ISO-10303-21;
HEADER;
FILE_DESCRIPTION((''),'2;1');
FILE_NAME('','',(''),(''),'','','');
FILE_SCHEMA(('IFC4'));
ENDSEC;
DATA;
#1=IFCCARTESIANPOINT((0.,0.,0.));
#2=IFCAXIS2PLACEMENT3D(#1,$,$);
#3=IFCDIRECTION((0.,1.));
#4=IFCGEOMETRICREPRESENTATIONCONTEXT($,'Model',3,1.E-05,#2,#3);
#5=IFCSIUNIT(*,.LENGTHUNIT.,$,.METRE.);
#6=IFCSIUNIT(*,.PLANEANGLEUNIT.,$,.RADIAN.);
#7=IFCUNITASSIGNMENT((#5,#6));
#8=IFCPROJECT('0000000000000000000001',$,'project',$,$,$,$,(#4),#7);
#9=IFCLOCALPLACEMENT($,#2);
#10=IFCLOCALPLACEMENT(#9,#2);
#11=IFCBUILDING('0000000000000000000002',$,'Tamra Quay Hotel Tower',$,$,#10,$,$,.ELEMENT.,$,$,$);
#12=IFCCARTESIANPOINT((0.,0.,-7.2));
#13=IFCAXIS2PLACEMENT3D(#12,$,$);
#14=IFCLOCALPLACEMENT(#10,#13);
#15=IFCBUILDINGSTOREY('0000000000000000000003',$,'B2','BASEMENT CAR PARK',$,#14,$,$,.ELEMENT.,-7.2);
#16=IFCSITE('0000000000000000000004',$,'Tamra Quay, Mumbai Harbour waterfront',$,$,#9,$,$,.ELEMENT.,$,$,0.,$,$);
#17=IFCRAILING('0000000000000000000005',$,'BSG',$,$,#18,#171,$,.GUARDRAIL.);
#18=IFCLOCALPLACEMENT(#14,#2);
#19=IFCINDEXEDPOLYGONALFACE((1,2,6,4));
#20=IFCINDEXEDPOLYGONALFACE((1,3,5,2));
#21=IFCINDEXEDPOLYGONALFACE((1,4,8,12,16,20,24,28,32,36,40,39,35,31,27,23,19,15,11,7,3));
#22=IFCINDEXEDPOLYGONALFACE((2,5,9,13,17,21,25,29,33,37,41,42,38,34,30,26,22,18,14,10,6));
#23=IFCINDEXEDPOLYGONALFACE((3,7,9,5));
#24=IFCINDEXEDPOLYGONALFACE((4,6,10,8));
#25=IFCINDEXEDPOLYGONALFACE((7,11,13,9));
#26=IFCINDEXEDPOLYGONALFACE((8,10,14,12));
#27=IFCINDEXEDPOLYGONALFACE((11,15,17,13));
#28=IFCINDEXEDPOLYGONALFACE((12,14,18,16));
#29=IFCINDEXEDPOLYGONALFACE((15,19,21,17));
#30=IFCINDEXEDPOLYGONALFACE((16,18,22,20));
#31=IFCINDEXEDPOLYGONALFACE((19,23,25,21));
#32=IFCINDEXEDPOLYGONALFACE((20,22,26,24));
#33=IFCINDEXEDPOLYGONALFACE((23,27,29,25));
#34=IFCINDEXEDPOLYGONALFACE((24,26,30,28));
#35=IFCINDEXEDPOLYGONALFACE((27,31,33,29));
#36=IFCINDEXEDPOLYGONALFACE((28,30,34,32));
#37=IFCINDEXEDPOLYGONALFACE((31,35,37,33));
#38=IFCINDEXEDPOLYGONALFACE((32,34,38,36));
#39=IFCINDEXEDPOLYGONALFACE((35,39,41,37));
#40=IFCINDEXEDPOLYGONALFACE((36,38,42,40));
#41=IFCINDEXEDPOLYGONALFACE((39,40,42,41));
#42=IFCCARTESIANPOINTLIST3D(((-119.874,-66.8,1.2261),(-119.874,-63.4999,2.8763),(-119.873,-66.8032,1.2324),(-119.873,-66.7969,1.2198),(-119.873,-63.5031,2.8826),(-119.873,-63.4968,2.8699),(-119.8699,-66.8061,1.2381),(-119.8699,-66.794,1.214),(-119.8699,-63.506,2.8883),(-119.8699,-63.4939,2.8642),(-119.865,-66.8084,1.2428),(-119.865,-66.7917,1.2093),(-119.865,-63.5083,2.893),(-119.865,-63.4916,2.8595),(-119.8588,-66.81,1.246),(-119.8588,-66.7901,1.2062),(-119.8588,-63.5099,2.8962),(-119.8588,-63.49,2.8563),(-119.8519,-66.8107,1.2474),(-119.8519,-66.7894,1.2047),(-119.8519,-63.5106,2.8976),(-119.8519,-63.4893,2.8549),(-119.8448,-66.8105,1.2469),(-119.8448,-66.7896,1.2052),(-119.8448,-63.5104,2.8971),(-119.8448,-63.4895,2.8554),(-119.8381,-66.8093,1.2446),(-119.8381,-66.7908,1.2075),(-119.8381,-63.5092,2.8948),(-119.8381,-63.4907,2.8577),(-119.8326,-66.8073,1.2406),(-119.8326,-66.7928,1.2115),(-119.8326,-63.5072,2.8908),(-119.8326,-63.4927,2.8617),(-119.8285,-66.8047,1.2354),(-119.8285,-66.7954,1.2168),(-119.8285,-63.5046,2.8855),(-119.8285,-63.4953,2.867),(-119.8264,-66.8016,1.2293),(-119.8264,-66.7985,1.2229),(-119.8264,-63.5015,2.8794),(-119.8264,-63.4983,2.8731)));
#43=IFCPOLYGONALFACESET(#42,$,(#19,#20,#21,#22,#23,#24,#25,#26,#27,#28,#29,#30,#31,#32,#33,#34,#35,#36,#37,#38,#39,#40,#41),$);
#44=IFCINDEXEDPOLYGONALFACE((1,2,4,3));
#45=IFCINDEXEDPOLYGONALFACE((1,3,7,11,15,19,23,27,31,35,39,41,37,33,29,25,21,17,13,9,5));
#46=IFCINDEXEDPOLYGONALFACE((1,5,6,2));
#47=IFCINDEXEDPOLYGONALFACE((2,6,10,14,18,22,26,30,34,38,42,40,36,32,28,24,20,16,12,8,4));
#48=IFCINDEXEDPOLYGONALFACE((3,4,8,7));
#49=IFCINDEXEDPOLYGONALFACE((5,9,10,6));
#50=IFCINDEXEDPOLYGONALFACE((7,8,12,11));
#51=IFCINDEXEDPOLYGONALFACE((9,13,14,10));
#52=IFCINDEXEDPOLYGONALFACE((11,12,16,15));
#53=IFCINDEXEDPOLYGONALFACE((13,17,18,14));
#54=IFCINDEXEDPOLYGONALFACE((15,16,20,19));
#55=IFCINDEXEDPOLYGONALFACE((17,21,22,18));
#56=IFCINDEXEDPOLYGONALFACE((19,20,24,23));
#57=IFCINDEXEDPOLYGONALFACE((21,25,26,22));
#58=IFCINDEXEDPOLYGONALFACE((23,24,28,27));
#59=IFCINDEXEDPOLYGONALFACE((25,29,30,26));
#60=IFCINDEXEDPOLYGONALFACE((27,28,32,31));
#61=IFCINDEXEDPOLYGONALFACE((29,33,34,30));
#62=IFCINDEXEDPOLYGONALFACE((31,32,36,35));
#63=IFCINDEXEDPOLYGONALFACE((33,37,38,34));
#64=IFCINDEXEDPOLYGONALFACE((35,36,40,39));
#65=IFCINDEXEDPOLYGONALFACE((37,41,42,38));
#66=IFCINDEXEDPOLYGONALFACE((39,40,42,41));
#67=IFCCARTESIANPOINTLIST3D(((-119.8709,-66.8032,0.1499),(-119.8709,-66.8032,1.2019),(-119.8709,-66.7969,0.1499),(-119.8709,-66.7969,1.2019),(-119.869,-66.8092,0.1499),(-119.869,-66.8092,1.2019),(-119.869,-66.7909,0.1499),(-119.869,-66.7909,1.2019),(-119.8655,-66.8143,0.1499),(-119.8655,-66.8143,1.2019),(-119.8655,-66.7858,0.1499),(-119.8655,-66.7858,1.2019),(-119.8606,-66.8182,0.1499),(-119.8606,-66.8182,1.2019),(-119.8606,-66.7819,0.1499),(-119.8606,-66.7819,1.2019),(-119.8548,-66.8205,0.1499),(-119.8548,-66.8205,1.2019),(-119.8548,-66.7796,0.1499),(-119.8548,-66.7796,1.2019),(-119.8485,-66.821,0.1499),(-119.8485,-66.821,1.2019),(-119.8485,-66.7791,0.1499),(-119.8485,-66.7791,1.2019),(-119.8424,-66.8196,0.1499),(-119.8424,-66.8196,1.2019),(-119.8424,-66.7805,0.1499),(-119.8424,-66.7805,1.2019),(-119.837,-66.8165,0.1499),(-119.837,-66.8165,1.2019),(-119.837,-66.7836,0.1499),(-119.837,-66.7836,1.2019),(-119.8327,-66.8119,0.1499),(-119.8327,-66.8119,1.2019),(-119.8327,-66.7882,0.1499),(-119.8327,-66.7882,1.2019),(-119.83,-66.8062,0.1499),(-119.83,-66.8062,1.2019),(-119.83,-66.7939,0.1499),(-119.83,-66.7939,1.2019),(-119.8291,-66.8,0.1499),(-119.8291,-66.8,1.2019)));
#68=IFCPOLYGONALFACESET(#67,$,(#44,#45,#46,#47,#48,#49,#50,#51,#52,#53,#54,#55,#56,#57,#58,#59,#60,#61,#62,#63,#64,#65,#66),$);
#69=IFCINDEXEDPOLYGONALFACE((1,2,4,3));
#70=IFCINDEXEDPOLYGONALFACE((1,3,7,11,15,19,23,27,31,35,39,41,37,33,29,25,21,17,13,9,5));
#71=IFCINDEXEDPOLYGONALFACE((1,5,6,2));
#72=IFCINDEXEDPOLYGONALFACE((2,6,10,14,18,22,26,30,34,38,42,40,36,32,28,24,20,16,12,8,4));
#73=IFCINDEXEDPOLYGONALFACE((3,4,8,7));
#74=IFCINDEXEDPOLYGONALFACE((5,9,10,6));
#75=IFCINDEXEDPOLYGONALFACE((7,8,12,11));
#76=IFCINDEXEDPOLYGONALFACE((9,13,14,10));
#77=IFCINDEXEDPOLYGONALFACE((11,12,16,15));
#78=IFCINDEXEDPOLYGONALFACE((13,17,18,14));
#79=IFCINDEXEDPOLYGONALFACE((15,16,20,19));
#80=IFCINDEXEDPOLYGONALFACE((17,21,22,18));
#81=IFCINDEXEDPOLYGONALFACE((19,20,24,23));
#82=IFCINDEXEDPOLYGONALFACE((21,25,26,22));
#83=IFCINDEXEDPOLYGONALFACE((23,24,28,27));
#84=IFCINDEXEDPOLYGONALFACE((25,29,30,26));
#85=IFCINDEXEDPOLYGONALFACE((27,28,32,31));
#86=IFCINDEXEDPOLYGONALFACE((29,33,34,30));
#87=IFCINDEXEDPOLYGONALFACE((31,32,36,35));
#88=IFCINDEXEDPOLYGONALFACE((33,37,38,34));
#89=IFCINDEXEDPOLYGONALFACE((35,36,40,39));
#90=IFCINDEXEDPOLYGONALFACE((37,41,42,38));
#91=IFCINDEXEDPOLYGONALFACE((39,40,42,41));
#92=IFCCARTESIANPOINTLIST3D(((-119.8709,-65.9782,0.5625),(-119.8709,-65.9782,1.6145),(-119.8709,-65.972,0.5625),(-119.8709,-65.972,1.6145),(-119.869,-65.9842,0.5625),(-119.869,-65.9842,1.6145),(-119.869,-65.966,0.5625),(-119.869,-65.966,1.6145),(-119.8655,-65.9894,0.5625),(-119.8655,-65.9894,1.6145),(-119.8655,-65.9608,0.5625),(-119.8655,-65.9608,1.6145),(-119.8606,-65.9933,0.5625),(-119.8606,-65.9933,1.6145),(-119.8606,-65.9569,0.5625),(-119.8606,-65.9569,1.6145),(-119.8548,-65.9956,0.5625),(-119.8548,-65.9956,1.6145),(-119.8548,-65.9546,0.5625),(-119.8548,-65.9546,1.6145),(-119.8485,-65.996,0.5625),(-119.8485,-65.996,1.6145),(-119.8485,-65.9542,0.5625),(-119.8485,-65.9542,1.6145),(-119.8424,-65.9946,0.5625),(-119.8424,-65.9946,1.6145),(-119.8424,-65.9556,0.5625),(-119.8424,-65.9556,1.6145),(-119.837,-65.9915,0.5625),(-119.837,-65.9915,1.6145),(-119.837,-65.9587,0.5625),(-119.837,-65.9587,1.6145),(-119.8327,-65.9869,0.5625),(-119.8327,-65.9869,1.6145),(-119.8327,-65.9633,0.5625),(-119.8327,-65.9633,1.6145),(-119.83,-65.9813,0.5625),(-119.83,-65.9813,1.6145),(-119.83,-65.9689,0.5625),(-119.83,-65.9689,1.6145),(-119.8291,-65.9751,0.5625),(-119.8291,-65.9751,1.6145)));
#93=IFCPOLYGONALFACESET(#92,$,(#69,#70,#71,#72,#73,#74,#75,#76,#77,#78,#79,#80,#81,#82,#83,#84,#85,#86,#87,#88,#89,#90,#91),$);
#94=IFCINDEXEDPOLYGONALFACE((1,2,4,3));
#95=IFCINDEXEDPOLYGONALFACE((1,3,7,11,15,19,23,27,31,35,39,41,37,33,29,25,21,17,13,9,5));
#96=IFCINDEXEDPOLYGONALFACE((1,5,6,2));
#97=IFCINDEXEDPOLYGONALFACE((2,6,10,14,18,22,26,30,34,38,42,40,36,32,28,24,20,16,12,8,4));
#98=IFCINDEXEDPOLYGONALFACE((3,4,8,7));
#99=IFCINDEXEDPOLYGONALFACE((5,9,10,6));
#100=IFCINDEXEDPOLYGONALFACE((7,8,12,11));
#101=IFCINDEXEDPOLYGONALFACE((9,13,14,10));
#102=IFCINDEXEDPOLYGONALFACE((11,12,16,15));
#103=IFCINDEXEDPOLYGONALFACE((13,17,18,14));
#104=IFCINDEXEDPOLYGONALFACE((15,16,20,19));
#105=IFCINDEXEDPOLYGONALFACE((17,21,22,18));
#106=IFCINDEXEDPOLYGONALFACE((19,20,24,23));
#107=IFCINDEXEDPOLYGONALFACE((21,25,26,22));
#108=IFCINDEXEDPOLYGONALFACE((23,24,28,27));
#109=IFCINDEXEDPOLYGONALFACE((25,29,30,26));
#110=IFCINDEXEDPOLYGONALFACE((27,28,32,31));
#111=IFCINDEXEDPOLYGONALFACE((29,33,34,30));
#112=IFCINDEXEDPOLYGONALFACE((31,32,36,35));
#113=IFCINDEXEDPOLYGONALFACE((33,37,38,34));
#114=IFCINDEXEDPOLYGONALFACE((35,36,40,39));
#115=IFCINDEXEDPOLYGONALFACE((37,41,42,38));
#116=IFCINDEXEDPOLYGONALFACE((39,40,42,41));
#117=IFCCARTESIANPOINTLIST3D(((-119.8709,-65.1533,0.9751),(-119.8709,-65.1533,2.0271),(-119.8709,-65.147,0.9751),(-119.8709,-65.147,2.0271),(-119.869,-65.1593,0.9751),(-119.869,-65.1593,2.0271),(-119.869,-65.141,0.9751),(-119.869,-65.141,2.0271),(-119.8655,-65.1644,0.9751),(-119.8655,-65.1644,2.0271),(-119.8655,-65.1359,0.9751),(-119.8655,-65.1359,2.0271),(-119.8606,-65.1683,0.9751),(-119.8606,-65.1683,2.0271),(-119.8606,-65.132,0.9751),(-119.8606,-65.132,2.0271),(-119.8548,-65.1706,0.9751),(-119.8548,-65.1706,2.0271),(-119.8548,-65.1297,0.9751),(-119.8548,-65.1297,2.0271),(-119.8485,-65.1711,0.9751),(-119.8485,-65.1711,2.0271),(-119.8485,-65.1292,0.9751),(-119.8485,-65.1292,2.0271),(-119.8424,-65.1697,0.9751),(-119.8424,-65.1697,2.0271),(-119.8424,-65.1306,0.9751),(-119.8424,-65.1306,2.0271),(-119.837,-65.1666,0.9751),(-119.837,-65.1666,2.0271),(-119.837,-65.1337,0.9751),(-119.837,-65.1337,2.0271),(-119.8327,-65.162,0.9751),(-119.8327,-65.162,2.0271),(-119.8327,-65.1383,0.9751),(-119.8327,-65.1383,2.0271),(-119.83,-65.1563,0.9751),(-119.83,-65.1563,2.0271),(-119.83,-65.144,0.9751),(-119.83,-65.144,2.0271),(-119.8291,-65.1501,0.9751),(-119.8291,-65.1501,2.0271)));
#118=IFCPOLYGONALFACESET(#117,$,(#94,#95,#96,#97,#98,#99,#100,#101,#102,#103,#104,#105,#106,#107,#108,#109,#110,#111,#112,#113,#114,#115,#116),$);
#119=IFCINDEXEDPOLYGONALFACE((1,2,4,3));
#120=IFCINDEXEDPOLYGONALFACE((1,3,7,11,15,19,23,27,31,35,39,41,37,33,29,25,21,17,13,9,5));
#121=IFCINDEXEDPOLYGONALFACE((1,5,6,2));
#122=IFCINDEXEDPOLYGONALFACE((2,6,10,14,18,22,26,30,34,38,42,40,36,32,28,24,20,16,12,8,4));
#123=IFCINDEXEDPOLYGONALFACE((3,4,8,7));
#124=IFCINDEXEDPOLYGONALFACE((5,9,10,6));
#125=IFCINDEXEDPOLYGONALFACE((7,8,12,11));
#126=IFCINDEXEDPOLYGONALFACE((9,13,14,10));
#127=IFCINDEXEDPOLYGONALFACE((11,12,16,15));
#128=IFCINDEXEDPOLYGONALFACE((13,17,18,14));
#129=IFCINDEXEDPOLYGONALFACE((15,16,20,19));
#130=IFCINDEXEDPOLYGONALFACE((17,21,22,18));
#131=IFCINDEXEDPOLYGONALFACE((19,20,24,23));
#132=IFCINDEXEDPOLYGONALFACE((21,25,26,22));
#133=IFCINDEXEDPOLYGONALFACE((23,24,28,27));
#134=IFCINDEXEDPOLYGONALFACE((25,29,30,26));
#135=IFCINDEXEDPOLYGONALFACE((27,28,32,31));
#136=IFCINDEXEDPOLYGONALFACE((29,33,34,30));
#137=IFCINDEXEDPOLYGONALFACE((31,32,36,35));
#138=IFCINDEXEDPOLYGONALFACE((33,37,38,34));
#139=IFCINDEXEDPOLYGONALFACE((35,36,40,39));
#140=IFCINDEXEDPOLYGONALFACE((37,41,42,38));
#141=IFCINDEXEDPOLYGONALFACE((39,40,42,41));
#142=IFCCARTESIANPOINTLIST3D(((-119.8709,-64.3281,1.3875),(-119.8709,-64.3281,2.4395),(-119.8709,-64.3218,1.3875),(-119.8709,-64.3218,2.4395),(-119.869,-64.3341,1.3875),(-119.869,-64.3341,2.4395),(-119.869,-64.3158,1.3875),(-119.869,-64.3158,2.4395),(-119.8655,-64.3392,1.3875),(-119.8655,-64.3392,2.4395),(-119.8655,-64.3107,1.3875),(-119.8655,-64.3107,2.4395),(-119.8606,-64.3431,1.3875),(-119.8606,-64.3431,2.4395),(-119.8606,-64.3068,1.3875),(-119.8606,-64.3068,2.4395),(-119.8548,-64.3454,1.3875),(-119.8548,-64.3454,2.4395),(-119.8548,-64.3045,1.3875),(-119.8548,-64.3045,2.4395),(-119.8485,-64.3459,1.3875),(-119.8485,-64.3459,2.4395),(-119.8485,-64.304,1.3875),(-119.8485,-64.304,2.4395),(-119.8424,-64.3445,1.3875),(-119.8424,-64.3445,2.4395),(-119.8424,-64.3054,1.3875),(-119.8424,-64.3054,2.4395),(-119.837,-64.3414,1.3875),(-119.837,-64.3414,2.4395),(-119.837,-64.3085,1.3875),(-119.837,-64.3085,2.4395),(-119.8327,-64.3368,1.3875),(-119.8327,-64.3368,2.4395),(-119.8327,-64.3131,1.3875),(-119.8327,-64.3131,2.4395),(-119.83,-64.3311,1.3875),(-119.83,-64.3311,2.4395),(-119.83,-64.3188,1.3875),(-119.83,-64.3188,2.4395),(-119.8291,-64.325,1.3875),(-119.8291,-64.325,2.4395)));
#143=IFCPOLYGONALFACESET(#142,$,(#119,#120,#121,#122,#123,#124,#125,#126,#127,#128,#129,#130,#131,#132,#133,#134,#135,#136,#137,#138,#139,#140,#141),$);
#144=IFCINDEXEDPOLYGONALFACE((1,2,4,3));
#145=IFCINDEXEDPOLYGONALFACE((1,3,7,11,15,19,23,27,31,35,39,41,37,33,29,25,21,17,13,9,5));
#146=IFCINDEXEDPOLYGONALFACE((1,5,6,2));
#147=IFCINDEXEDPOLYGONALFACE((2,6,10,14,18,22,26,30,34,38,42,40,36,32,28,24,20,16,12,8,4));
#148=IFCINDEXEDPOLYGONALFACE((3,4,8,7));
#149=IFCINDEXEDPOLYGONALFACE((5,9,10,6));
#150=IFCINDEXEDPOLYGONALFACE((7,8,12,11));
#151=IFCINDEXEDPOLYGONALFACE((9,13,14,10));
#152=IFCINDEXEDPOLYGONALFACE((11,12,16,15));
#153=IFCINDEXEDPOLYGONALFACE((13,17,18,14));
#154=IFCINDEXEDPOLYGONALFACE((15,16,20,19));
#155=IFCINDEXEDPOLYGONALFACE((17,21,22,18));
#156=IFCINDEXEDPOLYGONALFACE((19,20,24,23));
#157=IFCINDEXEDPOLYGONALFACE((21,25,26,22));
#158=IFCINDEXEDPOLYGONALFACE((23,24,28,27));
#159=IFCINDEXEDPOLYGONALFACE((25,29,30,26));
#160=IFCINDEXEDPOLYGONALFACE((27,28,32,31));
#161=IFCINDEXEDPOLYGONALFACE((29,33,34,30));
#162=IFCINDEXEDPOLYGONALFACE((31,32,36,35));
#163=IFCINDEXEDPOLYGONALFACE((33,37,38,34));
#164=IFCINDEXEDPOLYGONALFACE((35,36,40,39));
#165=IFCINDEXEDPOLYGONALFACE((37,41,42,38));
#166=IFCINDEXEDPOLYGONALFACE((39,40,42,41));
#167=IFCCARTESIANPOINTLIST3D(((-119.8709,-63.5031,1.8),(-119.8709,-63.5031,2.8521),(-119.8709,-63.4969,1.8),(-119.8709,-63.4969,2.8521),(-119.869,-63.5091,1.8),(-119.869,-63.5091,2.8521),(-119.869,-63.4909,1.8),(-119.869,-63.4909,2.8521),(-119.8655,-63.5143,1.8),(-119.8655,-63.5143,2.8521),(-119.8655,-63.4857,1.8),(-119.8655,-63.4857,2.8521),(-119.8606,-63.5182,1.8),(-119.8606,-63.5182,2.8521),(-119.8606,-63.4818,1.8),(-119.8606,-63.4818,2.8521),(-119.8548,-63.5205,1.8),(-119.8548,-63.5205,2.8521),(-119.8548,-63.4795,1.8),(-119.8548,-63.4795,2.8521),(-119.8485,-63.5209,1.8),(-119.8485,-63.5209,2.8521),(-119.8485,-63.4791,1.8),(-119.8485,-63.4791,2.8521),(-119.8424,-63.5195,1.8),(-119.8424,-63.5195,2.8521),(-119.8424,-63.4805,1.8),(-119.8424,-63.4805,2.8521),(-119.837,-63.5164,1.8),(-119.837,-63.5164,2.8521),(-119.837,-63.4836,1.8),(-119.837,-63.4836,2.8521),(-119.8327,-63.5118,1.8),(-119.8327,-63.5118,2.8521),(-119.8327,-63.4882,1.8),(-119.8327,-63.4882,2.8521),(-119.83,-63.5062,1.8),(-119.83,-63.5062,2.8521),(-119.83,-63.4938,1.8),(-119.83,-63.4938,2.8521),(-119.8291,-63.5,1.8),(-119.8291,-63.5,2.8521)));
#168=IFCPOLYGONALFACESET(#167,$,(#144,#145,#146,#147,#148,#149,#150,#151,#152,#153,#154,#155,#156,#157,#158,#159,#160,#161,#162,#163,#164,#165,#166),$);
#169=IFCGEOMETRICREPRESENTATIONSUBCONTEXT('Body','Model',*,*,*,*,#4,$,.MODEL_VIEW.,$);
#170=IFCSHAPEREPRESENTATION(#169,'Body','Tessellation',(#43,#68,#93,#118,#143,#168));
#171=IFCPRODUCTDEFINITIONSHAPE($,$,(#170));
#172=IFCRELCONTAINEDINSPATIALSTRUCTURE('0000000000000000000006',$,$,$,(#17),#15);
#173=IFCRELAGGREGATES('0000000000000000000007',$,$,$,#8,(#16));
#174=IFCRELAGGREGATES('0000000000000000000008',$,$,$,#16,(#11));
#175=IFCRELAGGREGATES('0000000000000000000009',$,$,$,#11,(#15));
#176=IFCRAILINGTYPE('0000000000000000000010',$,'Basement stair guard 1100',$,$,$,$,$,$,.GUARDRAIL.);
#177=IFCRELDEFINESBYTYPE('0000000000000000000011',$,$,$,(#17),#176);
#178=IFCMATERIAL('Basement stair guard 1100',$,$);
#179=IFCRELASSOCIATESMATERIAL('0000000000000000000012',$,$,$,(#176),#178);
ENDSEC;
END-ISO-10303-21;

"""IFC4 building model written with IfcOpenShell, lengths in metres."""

from ifc_helpers import new_model, si_unit, direction, frame, origin, origin_2d, place, context, subcontext, project, spatial, circle, extrude, material, type_object, element, save


model = new_model("IFC4")

# Units and contexts
model_context = context("Model", 3, precision=1e-05, world=origin(), true_north=direction((0.0, 1.0)))
body_context = subcontext(model_context, "Body", "Model", "MODEL_VIEW")
ifc_project = project(units=[si_unit("LENGTHUNIT", "METRE"), si_unit("PLANEANGLEUNIT", "RADIAN")], contexts=[model_context])

# Site, building, storey
site_placement = place(None, origin())
site = spatial("IfcSite", under=ifc_project, at=site_placement, Name="Tamra Quay, Mumbai Harbour waterfront", CompositionType="ELEMENT", RefElevation=0.0)
building_placement = place(site_placement, origin())
building = spatial("IfcBuilding", under=site, at=building_placement, Name="Tamra Quay Hotel Tower", CompositionType="ELEMENT")
storey_placement = place(building_placement, frame((0.0, 0.0, -7.2)))
storey = spatial("IfcBuildingStorey", under=building, at=storey_placement, Name="B2", Description="BASEMENT CAR PARK", CompositionType="ELEMENT", Elevation=-7.2)

# Railing
ifc_material_1 = material(Name="Basement stair guard 1100")
railing_type_1 = type_object("IfcRailingType", Name="Basement stair guard 1100", PredefinedType="GUARDRAIL", material=ifc_material_1)
railing_1_placement = place(storey_placement, frame((-119.8501, -66.8, 0.1499)))
element("IfcRailing", 1, at=railing_1_placement, inside=storey, type_object=railing_type_1, Name="BSG", PredefinedType="GUARDRAIL", context=body_context, shape_type="SweptSolid", body=[
    extrude(circle(Radius=0.0239, at=origin_2d()), frame((0.0, 0.0, 1.0762), z_axis=(0.0, 0.894414, 0.44724), x_axis=(-1.0, 0.0, 0.0)), (0.0, 0.0, 1.0), 3.6897),
    extrude(circle(Radius=0.021, at=origin_2d()), origin(), (0.0, 0.0, 1.0), 1.052),
    extrude(circle(Radius=0.021, at=origin_2d()), frame((0.0, 0.825, 0.4126)), (0.0, 0.0, 1.0), 1.052),
    extrude(circle(Radius=0.021, at=origin_2d()), frame((0.0, 1.6499, 0.8252)), (0.0, 0.0, 1.0), 1.052),
    extrude(circle(Radius=0.021, at=origin_2d()), frame((0.0, 2.4751, 1.2375)), (0.0, 0.0, 1.0), 1.052),
    extrude(circle(Radius=0.021, at=origin_2d()), frame((0.0, 3.3, 1.6501)), (0.0, 0.0, 1.0), 1.052),
])

save(model, "model.ifc")
